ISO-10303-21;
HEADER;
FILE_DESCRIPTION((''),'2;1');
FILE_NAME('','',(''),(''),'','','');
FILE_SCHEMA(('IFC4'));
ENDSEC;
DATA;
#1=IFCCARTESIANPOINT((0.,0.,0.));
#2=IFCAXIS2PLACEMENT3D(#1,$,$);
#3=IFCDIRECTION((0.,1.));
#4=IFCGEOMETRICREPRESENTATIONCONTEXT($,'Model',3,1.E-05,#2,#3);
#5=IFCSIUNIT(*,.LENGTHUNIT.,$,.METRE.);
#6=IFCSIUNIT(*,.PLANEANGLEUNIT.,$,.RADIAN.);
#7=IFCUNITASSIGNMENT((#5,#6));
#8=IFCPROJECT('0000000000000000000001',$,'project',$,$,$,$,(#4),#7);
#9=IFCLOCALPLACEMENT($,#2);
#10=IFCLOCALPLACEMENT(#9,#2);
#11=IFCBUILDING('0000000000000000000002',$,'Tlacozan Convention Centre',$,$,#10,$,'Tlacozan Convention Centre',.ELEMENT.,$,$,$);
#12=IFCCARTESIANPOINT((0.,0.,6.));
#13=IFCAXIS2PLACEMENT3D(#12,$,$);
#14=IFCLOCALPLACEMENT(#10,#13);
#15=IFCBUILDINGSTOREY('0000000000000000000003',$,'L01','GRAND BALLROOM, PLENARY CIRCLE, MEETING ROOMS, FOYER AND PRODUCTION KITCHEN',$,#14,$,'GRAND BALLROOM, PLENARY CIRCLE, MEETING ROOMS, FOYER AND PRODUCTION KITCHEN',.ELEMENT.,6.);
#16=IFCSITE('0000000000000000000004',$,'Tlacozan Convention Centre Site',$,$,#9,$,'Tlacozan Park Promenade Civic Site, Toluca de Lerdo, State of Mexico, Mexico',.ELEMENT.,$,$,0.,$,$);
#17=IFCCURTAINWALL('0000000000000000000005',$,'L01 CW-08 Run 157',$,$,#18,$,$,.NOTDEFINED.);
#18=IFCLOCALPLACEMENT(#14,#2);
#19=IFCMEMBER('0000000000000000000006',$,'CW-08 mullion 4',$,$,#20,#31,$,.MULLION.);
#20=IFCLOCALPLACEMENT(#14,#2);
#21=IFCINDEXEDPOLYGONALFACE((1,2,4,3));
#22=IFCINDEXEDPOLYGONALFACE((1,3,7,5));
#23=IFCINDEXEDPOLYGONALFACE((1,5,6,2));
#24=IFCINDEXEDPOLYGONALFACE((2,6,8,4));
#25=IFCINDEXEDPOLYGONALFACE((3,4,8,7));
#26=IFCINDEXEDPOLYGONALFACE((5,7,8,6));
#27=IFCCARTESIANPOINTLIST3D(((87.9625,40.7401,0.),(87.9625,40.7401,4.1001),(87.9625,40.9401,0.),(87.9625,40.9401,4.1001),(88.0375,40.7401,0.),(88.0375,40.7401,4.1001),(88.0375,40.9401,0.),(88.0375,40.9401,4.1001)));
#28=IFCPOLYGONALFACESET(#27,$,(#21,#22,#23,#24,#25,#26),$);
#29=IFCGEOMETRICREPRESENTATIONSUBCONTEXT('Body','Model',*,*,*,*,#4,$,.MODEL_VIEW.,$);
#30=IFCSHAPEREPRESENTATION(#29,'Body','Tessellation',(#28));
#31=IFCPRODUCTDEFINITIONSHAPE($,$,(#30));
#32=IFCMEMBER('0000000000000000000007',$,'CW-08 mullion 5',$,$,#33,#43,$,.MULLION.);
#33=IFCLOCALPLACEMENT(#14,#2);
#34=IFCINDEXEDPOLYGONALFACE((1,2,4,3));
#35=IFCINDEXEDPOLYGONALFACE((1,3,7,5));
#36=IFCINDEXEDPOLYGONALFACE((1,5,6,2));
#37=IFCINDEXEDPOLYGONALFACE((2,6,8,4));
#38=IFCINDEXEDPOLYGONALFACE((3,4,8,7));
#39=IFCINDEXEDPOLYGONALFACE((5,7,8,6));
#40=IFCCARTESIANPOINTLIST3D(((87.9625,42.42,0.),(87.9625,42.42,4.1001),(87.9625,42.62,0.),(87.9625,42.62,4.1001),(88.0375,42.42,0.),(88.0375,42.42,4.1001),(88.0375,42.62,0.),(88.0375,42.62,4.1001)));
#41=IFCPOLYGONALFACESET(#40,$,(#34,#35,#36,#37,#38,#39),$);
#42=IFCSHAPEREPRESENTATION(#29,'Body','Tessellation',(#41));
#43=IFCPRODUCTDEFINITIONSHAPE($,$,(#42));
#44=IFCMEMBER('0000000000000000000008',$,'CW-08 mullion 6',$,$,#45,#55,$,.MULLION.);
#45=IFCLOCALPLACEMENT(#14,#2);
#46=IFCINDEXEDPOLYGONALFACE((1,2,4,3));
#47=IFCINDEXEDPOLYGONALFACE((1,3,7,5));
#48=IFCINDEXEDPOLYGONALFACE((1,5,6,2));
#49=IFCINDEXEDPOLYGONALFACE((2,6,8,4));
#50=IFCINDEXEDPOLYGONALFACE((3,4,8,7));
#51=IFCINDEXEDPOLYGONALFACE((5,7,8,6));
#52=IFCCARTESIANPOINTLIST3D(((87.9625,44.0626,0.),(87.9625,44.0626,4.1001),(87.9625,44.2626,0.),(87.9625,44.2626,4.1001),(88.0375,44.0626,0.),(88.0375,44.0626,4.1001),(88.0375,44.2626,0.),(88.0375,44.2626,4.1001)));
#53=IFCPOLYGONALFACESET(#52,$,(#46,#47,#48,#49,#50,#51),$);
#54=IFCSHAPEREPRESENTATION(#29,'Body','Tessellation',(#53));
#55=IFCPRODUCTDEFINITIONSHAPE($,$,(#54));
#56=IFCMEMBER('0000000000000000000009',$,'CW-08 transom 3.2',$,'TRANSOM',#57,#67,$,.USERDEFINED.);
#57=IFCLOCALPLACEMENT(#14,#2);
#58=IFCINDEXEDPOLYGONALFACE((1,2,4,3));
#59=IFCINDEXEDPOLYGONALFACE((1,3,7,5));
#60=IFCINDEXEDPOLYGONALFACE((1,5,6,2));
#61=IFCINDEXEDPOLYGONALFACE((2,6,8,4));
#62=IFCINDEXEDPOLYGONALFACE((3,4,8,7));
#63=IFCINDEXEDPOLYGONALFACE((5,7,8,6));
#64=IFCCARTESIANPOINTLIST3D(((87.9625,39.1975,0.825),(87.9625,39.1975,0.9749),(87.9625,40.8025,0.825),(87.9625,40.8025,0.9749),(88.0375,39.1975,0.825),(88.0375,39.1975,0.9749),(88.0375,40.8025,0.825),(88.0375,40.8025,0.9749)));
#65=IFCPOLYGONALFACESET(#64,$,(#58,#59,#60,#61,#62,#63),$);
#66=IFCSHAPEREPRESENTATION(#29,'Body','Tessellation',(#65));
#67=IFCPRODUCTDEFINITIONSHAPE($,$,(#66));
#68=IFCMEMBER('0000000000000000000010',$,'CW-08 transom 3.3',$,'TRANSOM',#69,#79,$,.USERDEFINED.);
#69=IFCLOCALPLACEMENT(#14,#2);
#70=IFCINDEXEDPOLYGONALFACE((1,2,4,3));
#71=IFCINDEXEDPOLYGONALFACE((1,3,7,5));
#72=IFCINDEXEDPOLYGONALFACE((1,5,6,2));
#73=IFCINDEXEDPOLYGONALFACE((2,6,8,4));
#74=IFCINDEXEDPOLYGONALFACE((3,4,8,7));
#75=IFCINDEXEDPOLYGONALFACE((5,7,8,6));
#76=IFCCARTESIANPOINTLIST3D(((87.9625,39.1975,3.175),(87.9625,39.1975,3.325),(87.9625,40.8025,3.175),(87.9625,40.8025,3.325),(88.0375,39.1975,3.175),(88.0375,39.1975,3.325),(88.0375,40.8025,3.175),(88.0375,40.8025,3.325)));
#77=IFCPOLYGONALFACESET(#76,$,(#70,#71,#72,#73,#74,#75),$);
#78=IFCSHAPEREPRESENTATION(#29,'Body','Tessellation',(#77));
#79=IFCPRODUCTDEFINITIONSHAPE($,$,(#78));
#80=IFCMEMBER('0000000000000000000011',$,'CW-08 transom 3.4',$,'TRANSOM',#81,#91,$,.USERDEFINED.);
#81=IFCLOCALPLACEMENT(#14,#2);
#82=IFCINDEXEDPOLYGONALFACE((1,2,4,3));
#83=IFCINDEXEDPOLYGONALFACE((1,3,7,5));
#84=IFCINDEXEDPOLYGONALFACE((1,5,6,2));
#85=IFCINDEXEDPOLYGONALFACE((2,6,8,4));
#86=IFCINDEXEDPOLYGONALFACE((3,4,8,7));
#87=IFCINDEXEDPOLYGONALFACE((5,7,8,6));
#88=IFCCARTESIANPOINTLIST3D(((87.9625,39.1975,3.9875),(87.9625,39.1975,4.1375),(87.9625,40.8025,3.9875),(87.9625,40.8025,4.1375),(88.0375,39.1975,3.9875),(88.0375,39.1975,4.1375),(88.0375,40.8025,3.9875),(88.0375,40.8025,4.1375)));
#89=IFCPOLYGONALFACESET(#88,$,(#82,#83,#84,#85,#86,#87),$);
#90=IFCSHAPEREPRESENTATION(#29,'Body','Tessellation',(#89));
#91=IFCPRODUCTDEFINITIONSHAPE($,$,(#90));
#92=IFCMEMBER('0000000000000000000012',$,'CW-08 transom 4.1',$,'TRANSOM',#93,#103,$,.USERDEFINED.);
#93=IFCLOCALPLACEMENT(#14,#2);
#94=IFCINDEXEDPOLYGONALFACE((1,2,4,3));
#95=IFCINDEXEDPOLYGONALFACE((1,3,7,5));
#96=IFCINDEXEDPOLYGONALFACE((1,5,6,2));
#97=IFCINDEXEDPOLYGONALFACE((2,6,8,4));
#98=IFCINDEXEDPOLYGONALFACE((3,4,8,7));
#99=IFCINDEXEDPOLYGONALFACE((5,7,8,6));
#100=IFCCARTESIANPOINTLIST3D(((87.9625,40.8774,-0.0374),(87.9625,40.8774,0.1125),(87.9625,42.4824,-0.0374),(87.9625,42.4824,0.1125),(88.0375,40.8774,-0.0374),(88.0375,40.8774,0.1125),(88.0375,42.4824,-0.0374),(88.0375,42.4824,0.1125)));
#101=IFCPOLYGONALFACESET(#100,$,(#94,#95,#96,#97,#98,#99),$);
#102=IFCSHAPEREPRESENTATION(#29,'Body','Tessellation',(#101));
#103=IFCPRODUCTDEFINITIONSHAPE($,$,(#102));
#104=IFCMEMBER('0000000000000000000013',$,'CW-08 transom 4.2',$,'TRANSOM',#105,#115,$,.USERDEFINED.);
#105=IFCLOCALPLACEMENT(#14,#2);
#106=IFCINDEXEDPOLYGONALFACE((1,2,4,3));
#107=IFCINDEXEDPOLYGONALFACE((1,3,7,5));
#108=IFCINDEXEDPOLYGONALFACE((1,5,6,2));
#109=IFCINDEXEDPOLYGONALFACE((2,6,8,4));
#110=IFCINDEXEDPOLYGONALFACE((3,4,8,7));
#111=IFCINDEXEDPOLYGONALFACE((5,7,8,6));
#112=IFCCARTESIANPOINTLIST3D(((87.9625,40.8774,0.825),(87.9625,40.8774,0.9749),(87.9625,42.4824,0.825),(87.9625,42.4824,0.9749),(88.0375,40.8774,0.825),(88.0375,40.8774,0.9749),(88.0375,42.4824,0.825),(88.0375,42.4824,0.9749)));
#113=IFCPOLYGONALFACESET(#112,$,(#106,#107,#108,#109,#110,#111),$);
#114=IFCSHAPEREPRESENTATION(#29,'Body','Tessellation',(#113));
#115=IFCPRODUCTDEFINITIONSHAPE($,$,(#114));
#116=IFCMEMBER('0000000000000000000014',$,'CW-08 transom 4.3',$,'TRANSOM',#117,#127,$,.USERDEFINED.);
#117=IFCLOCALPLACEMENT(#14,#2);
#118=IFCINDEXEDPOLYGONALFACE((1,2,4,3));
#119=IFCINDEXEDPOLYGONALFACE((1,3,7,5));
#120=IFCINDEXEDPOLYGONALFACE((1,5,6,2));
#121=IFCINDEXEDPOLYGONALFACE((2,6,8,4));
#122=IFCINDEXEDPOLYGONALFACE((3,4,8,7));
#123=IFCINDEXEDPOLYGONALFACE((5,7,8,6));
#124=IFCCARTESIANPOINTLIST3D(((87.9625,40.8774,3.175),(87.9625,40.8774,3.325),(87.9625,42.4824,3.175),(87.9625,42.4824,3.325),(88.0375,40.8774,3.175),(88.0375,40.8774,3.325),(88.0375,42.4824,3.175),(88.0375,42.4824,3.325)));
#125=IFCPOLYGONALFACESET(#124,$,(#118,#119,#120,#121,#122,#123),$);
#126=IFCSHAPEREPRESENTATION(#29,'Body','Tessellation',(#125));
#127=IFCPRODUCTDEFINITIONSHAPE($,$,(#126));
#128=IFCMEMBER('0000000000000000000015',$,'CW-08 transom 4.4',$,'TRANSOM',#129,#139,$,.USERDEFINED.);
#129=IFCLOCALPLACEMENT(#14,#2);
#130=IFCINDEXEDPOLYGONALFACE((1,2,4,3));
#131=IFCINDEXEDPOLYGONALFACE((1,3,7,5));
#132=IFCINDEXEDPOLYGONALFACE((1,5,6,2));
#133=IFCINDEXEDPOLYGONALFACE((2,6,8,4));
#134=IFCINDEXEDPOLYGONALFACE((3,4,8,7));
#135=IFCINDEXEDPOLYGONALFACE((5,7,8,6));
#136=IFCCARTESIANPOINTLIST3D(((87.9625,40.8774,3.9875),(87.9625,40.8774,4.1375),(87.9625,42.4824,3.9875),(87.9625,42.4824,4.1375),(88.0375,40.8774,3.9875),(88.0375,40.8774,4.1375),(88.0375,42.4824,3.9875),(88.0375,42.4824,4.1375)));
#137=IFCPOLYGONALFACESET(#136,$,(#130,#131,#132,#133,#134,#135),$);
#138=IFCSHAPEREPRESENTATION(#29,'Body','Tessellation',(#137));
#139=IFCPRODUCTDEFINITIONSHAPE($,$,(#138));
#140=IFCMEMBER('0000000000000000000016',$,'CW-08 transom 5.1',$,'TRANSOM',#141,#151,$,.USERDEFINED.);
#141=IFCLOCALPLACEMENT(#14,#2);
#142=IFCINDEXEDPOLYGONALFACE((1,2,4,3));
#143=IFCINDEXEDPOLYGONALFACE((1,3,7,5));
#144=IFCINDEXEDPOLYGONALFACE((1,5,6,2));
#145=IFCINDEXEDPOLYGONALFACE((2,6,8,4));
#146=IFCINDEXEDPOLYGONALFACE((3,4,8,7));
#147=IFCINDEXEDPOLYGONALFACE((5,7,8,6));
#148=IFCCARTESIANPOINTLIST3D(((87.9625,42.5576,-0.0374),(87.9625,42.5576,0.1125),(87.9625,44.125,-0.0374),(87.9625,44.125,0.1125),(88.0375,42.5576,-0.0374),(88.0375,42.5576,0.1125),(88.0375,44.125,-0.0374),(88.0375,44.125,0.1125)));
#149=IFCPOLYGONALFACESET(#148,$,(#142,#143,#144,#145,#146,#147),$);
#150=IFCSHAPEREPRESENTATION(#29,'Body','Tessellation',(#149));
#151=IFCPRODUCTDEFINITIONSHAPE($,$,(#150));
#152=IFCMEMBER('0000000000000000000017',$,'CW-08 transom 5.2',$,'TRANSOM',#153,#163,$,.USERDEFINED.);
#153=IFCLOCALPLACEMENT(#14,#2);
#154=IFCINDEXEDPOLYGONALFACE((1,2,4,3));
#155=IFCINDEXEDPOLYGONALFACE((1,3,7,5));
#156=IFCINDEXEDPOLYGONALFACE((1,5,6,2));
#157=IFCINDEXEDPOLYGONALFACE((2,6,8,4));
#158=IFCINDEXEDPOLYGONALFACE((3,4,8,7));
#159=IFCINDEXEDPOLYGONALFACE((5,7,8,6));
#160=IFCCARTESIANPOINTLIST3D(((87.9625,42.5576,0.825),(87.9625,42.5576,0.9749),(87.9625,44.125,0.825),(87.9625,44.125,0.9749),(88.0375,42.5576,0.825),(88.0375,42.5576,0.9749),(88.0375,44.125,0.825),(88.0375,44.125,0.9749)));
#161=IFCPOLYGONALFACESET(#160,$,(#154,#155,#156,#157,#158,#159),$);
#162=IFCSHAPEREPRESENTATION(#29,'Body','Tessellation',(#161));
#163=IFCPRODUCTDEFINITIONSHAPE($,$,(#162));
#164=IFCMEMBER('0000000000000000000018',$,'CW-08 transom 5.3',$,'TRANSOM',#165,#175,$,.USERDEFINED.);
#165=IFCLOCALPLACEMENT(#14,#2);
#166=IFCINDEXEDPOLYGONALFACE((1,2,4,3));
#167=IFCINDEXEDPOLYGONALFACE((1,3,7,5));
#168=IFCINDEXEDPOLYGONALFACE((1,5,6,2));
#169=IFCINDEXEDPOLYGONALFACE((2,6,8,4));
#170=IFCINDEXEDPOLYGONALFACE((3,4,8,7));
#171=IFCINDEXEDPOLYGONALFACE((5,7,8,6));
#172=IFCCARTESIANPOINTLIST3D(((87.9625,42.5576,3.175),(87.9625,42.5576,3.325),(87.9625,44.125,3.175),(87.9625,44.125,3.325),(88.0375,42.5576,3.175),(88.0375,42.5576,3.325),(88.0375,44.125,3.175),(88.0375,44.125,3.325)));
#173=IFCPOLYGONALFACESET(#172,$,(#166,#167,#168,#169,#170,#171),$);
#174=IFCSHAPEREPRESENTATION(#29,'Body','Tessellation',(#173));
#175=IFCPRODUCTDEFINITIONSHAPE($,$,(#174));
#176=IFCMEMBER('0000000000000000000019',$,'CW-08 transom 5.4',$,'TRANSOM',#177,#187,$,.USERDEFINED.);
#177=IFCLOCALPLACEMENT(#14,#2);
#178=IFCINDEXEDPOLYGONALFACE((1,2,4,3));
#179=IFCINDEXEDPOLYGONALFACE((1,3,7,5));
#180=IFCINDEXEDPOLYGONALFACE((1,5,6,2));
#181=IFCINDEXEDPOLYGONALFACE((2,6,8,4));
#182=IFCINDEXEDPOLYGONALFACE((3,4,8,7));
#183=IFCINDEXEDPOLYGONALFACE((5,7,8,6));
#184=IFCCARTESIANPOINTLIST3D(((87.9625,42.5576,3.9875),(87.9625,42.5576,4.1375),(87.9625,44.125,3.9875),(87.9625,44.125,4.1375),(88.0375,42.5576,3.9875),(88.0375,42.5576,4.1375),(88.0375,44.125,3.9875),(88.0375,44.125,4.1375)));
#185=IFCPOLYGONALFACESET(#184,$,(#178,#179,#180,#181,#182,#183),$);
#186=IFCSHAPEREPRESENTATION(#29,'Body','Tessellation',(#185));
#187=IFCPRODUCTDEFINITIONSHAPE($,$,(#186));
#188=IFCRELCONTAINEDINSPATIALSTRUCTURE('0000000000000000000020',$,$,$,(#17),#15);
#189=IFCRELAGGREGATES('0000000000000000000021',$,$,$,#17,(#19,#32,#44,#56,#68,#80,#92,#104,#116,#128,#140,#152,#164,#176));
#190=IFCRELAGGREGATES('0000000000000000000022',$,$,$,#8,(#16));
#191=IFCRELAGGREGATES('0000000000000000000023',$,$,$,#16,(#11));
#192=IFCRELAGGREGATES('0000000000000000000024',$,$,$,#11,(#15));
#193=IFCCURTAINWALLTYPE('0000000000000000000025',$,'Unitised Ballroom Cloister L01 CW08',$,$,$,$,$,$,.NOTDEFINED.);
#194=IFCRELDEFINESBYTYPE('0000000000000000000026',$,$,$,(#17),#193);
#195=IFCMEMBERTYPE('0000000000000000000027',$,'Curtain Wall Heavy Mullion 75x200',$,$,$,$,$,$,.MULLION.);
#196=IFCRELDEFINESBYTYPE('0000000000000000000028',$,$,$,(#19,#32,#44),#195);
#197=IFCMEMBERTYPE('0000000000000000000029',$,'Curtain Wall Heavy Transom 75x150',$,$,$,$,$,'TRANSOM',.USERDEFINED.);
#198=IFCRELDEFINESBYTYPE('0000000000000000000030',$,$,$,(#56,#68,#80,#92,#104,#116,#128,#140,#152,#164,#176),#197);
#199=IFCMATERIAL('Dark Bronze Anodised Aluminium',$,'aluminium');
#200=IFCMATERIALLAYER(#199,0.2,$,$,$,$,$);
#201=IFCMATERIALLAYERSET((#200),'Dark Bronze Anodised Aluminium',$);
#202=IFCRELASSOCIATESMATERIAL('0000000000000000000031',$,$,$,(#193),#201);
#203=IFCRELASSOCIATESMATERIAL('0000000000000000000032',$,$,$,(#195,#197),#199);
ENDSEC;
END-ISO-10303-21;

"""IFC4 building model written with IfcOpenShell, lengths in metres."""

from ifc_helpers import new_model, si_unit, direction, frame, origin, origin_2d, place, context, subcontext, project, spatial, rectangle, extrude, material, layer, layer_set, material_profile, profile_set, type_object, element, aggregate, save


model = new_model("IFC4")

# Units and contexts
model_context = context("Model", 3, precision=1e-05, world=origin(), true_north=direction((0.0, 1.0)))
body_context = subcontext(model_context, "Body", "Model", "MODEL_VIEW")
ifc_project = project(units=[si_unit("LENGTHUNIT", "METRE"), si_unit("PLANEANGLEUNIT", "RADIAN")], contexts=[model_context])

# Site, building, storey
site_placement = place(None, origin())
site = spatial("IfcSite", under=ifc_project, at=site_placement, Name="Tlacozan Convention Centre Site", LongName="Tlacozan Park Promenade Civic Site, Toluca de Lerdo, State of Mexico, Mexico", CompositionType="ELEMENT", RefElevation=0.0)
building_placement = place(site_placement, origin())
building = spatial("IfcBuilding", under=site, at=building_placement, Name="Tlacozan Convention Centre", LongName="Tlacozan Convention Centre", CompositionType="ELEMENT")
storey_placement = place(building_placement, frame((0.0, 0.0, 6.0)))
storey = spatial("IfcBuildingStorey", under=building, at=storey_placement, Name="L01", Description="GRAND BALLROOM, PLENARY CIRCLE, MEETING ROOMS, FOYER AND PRODUCTION KITCHEN", LongName="GRAND BALLROOM, PLENARY CIRCLE, MEETING ROOMS, FOYER AND PRODUCTION KITCHEN", CompositionType="ELEMENT", Elevation=6.0)

# Curtain wall, members
ifc_material_1 = material(Name="Dark Bronze Anodised Aluminium", Category="aluminium")
ifc_layer_1 = layer(ifc_material_1, 0.2)
ifc_layer_set_1 = layer_set([ifc_layer_1], Name="Dark Bronze Anodised Aluminium")
curtain_wall_type = type_object("IfcCurtainWallType", Name="Unitised Ballroom Cloister L01 CW08", PredefinedType="NOTDEFINED", material=ifc_layer_set_1)
curtain_wall_placement = place(storey_placement, origin())
curtain_wall = element("IfcCurtainWall", 1, at=curtain_wall_placement, inside=storey, type_object=curtain_wall_type, Name="L01 CW-08 Run 157", PredefinedType="NOTDEFINED")
ifc_material_profile_1 = material_profile(ifc_material_1, rectangle(XDim=0.075, YDim=0.2, at=origin_2d()), Name="ALU 75x200")
ifc_profile_set_1 = profile_set([ifc_material_profile_1], Name="Dark Bronze Anodised Aluminium")
member_type_1 = type_object("IfcMemberType", Name="Curtain Wall Heavy Mullion 75x200", PredefinedType="MULLION", material=ifc_profile_set_1)
member_1_placement = place(storey_placement, frame((88.0, 40.8401, 0.0), z_axis=(0.0, 0.0, 1.0), x_axis=(-1.0, 0.0, 0.0)))
member_1 = element("IfcMember", 2, at=member_1_placement, type_object=member_type_1, Name="CW-08 mullion 4", PredefinedType="MULLION", context=body_context, shape_type="SweptSolid", body=[
    extrude(rectangle(XDim=0.075, YDim=0.2, at=origin_2d()), origin(), (0.0, 0.0, 1.0), 4.1001),
])
member_2_placement = place(storey_placement, frame((88.0, 42.52, 0.0), z_axis=(0.0, 0.0, 1.0), x_axis=(-1.0, 0.0, 0.0)))
member_2 = element("IfcMember", 3, at=member_2_placement, type_object=member_type_1, Name="CW-08 mullion 5", PredefinedType="MULLION", context=body_context, shape_type="SweptSolid", body=[
    extrude(rectangle(XDim=0.075, YDim=0.2, at=origin_2d()), origin(), (0.0, 0.0, 1.0), 4.1001),
])
member_3_placement = place(storey_placement, frame((88.0, 44.1626, 0.0), z_axis=(0.0, 0.0, 1.0), x_axis=(-1.0, 0.0, 0.0)))
member_3 = element("IfcMember", 4, at=member_3_placement, type_object=member_type_1, Name="CW-08 mullion 6", PredefinedType="MULLION", context=body_context, shape_type="SweptSolid", body=[
    extrude(rectangle(XDim=0.075, YDim=0.2, at=origin_2d()), origin(), (0.0, 0.0, 1.0), 4.1001),
])
ifc_material_profile_2 = material_profile(ifc_material_1, rectangle(XDim=0.075, YDim=0.1499, at=origin_2d()), Name="ALU 75x150")
ifc_profile_set_2 = profile_set([ifc_material_profile_2], Name="Dark Bronze Anodised Aluminium")
member_type_2 = type_object("IfcMemberType", Name="Curtain Wall Heavy Transom 75x150", ElementType="TRANSOM", PredefinedType="USERDEFINED", material=ifc_profile_set_2)
member_4_placement = place(storey_placement, frame((88.0, 39.1975, 0.8999), z_axis=(0.0, 1.0, 0.0), x_axis=(-1.0, 0.0, 0.0)))
member_4 = element("IfcMember", 5, at=member_4_placement, type_object=member_type_2, Name="CW-08 transom 3.2", ObjectType="TRANSOM", PredefinedType="USERDEFINED", context=body_context, shape_type="SweptSolid", body=[
    extrude(rectangle(XDim=0.075, YDim=0.1499, at=origin_2d()), origin(), (0.0, 0.0, 1.0), 1.605),
])
member_5_placement = place(storey_placement, frame((88.0, 39.1975, 3.25), z_axis=(0.0, 1.0, 0.0), x_axis=(-1.0, 0.0, 0.0)))
member_5 = element("IfcMember", 6, at=member_5_placement, type_object=member_type_2, Name="CW-08 transom 3.3", ObjectType="TRANSOM", PredefinedType="USERDEFINED", context=body_context, shape_type="SweptSolid", body=[
    extrude(rectangle(XDim=0.075, YDim=0.1499, at=origin_2d()), origin(), (0.0, 0.0, 1.0), 1.605),
])
member_6_placement = place(storey_placement, frame((88.0, 39.1975, 4.0625), z_axis=(0.0, 1.0, 0.0), x_axis=(-1.0, 0.0, 0.0)))
member_6 = element("IfcMember", 7, at=member_6_placement, type_object=member_type_2, Name="CW-08 transom 3.4", ObjectType="TRANSOM", PredefinedType="USERDEFINED", context=body_context, shape_type="SweptSolid", body=[
    extrude(rectangle(XDim=0.075, YDim=0.1499, at=origin_2d()), origin(), (0.0, 0.0, 1.0), 1.605),
])
member_7_placement = place(storey_placement, frame((88.0, 40.8774, 0.0376), z_axis=(0.0, 1.0, 0.0), x_axis=(-1.0, 0.0, 0.0)))
member_7 = element("IfcMember", 8, at=member_7_placement, type_object=member_type_2, Name="CW-08 transom 4.1", ObjectType="TRANSOM", PredefinedType="USERDEFINED", context=body_context, shape_type="SweptSolid", body=[
    extrude(rectangle(XDim=0.075, YDim=0.1499, at=origin_2d()), origin(), (0.0, 0.0, 1.0), 1.605),
])
member_8_placement = place(storey_placement, frame((88.0, 40.8774, 0.8999), z_axis=(0.0, 1.0, 0.0), x_axis=(-1.0, 0.0, 0.0)))
member_8 = element("IfcMember", 9, at=member_8_placement, type_object=member_type_2, Name="CW-08 transom 4.2", ObjectType="TRANSOM", PredefinedType="USERDEFINED", context=body_context, shape_type="SweptSolid", body=[
    extrude(rectangle(XDim=0.075, YDim=0.1499, at=origin_2d()), origin(), (0.0, 0.0, 1.0), 1.605),
])
member_9_placement = place(storey_placement, frame((88.0, 40.8774, 3.25), z_axis=(0.0, 1.0, 0.0), x_axis=(-1.0, 0.0, 0.0)))
member_9 = element("IfcMember", 10, at=member_9_placement, type_object=member_type_2, Name="CW-08 transom 4.3", ObjectType="TRANSOM", PredefinedType="USERDEFINED", context=body_context, shape_type="SweptSolid", body=[
    extrude(rectangle(XDim=0.075, YDim=0.1499, at=origin_2d()), origin(), (0.0, 0.0, 1.0), 1.605),
])
member_10_placement = place(storey_placement, frame((88.0, 40.8774, 4.0625), z_axis=(0.0, 1.0, 0.0), x_axis=(-1.0, 0.0, 0.0)))
member_10 = element("IfcMember", 11, at=member_10_placement, type_object=member_type_2, Name="CW-08 transom 4.4", ObjectType="TRANSOM", PredefinedType="USERDEFINED", context=body_context, shape_type="SweptSolid", body=[
    extrude(rectangle(XDim=0.075, YDim=0.1499, at=origin_2d()), origin(), (0.0, 0.0, 1.0), 1.605),
])
member_11_placement = place(storey_placement, frame((88.0, 42.5576, 0.0376), z_axis=(0.0, 1.0, 0.0), x_axis=(-1.0, 0.0, 0.0)))
member_11 = element("IfcMember", 12, at=member_11_placement, type_object=member_type_2, Name="CW-08 transom 5.1", ObjectType="TRANSOM", PredefinedType="USERDEFINED", context=body_context, shape_type="SweptSolid", body=[
    extrude(rectangle(XDim=0.075, YDim=0.1499, at=origin_2d()), origin(), (0.0, 0.0, 1.0), 1.5674),
])
member_12_placement = place(storey_placement, frame((88.0, 42.5576, 0.8999), z_axis=(0.0, 1.0, 0.0), x_axis=(-1.0, 0.0, 0.0)))
member_12 = element("IfcMember", 13, at=member_12_placement, type_object=member_type_2, Name="CW-08 transom 5.2", ObjectType="TRANSOM", PredefinedType="USERDEFINED", context=body_context, shape_type="SweptSolid", body=[
    extrude(rectangle(XDim=0.075, YDim=0.1499, at=origin_2d()), origin(), (0.0, 0.0, 1.0), 1.5674),
])
member_13_placement = place(storey_placement, frame((88.0, 42.5576, 3.25), z_axis=(0.0, 1.0, 0.0), x_axis=(-1.0, 0.0, 0.0)))
member_13 = element("IfcMember", 14, at=member_13_placement, type_object=member_type_2, Name="CW-08 transom 5.3", ObjectType="TRANSOM", PredefinedType="USERDEFINED", context=body_context, shape_type="SweptSolid", body=[
    extrude(rectangle(XDim=0.075, YDim=0.1499, at=origin_2d()), origin(), (0.0, 0.0, 1.0), 1.5674),
])
member_14_placement = place(storey_placement, frame((88.0, 42.5576, 4.0625), z_axis=(0.0, 1.0, 0.0), x_axis=(-1.0, 0.0, 0.0)))
member_14 = element("IfcMember", 15, at=member_14_placement, type_object=member_type_2, Name="CW-08 transom 5.4", ObjectType="TRANSOM", PredefinedType="USERDEFINED", context=body_context, shape_type="SweptSolid", body=[
    extrude(rectangle(XDim=0.075, YDim=0.1499, at=origin_2d()), origin(), (0.0, 0.0, 1.0), 1.5674),
])
aggregate(curtain_wall, [member_1, member_2, member_3, member_4, member_5, member_6, member_7, member_8, member_9, member_10, member_11, member_12, member_13, member_14])

save(model, "model.ifc")
